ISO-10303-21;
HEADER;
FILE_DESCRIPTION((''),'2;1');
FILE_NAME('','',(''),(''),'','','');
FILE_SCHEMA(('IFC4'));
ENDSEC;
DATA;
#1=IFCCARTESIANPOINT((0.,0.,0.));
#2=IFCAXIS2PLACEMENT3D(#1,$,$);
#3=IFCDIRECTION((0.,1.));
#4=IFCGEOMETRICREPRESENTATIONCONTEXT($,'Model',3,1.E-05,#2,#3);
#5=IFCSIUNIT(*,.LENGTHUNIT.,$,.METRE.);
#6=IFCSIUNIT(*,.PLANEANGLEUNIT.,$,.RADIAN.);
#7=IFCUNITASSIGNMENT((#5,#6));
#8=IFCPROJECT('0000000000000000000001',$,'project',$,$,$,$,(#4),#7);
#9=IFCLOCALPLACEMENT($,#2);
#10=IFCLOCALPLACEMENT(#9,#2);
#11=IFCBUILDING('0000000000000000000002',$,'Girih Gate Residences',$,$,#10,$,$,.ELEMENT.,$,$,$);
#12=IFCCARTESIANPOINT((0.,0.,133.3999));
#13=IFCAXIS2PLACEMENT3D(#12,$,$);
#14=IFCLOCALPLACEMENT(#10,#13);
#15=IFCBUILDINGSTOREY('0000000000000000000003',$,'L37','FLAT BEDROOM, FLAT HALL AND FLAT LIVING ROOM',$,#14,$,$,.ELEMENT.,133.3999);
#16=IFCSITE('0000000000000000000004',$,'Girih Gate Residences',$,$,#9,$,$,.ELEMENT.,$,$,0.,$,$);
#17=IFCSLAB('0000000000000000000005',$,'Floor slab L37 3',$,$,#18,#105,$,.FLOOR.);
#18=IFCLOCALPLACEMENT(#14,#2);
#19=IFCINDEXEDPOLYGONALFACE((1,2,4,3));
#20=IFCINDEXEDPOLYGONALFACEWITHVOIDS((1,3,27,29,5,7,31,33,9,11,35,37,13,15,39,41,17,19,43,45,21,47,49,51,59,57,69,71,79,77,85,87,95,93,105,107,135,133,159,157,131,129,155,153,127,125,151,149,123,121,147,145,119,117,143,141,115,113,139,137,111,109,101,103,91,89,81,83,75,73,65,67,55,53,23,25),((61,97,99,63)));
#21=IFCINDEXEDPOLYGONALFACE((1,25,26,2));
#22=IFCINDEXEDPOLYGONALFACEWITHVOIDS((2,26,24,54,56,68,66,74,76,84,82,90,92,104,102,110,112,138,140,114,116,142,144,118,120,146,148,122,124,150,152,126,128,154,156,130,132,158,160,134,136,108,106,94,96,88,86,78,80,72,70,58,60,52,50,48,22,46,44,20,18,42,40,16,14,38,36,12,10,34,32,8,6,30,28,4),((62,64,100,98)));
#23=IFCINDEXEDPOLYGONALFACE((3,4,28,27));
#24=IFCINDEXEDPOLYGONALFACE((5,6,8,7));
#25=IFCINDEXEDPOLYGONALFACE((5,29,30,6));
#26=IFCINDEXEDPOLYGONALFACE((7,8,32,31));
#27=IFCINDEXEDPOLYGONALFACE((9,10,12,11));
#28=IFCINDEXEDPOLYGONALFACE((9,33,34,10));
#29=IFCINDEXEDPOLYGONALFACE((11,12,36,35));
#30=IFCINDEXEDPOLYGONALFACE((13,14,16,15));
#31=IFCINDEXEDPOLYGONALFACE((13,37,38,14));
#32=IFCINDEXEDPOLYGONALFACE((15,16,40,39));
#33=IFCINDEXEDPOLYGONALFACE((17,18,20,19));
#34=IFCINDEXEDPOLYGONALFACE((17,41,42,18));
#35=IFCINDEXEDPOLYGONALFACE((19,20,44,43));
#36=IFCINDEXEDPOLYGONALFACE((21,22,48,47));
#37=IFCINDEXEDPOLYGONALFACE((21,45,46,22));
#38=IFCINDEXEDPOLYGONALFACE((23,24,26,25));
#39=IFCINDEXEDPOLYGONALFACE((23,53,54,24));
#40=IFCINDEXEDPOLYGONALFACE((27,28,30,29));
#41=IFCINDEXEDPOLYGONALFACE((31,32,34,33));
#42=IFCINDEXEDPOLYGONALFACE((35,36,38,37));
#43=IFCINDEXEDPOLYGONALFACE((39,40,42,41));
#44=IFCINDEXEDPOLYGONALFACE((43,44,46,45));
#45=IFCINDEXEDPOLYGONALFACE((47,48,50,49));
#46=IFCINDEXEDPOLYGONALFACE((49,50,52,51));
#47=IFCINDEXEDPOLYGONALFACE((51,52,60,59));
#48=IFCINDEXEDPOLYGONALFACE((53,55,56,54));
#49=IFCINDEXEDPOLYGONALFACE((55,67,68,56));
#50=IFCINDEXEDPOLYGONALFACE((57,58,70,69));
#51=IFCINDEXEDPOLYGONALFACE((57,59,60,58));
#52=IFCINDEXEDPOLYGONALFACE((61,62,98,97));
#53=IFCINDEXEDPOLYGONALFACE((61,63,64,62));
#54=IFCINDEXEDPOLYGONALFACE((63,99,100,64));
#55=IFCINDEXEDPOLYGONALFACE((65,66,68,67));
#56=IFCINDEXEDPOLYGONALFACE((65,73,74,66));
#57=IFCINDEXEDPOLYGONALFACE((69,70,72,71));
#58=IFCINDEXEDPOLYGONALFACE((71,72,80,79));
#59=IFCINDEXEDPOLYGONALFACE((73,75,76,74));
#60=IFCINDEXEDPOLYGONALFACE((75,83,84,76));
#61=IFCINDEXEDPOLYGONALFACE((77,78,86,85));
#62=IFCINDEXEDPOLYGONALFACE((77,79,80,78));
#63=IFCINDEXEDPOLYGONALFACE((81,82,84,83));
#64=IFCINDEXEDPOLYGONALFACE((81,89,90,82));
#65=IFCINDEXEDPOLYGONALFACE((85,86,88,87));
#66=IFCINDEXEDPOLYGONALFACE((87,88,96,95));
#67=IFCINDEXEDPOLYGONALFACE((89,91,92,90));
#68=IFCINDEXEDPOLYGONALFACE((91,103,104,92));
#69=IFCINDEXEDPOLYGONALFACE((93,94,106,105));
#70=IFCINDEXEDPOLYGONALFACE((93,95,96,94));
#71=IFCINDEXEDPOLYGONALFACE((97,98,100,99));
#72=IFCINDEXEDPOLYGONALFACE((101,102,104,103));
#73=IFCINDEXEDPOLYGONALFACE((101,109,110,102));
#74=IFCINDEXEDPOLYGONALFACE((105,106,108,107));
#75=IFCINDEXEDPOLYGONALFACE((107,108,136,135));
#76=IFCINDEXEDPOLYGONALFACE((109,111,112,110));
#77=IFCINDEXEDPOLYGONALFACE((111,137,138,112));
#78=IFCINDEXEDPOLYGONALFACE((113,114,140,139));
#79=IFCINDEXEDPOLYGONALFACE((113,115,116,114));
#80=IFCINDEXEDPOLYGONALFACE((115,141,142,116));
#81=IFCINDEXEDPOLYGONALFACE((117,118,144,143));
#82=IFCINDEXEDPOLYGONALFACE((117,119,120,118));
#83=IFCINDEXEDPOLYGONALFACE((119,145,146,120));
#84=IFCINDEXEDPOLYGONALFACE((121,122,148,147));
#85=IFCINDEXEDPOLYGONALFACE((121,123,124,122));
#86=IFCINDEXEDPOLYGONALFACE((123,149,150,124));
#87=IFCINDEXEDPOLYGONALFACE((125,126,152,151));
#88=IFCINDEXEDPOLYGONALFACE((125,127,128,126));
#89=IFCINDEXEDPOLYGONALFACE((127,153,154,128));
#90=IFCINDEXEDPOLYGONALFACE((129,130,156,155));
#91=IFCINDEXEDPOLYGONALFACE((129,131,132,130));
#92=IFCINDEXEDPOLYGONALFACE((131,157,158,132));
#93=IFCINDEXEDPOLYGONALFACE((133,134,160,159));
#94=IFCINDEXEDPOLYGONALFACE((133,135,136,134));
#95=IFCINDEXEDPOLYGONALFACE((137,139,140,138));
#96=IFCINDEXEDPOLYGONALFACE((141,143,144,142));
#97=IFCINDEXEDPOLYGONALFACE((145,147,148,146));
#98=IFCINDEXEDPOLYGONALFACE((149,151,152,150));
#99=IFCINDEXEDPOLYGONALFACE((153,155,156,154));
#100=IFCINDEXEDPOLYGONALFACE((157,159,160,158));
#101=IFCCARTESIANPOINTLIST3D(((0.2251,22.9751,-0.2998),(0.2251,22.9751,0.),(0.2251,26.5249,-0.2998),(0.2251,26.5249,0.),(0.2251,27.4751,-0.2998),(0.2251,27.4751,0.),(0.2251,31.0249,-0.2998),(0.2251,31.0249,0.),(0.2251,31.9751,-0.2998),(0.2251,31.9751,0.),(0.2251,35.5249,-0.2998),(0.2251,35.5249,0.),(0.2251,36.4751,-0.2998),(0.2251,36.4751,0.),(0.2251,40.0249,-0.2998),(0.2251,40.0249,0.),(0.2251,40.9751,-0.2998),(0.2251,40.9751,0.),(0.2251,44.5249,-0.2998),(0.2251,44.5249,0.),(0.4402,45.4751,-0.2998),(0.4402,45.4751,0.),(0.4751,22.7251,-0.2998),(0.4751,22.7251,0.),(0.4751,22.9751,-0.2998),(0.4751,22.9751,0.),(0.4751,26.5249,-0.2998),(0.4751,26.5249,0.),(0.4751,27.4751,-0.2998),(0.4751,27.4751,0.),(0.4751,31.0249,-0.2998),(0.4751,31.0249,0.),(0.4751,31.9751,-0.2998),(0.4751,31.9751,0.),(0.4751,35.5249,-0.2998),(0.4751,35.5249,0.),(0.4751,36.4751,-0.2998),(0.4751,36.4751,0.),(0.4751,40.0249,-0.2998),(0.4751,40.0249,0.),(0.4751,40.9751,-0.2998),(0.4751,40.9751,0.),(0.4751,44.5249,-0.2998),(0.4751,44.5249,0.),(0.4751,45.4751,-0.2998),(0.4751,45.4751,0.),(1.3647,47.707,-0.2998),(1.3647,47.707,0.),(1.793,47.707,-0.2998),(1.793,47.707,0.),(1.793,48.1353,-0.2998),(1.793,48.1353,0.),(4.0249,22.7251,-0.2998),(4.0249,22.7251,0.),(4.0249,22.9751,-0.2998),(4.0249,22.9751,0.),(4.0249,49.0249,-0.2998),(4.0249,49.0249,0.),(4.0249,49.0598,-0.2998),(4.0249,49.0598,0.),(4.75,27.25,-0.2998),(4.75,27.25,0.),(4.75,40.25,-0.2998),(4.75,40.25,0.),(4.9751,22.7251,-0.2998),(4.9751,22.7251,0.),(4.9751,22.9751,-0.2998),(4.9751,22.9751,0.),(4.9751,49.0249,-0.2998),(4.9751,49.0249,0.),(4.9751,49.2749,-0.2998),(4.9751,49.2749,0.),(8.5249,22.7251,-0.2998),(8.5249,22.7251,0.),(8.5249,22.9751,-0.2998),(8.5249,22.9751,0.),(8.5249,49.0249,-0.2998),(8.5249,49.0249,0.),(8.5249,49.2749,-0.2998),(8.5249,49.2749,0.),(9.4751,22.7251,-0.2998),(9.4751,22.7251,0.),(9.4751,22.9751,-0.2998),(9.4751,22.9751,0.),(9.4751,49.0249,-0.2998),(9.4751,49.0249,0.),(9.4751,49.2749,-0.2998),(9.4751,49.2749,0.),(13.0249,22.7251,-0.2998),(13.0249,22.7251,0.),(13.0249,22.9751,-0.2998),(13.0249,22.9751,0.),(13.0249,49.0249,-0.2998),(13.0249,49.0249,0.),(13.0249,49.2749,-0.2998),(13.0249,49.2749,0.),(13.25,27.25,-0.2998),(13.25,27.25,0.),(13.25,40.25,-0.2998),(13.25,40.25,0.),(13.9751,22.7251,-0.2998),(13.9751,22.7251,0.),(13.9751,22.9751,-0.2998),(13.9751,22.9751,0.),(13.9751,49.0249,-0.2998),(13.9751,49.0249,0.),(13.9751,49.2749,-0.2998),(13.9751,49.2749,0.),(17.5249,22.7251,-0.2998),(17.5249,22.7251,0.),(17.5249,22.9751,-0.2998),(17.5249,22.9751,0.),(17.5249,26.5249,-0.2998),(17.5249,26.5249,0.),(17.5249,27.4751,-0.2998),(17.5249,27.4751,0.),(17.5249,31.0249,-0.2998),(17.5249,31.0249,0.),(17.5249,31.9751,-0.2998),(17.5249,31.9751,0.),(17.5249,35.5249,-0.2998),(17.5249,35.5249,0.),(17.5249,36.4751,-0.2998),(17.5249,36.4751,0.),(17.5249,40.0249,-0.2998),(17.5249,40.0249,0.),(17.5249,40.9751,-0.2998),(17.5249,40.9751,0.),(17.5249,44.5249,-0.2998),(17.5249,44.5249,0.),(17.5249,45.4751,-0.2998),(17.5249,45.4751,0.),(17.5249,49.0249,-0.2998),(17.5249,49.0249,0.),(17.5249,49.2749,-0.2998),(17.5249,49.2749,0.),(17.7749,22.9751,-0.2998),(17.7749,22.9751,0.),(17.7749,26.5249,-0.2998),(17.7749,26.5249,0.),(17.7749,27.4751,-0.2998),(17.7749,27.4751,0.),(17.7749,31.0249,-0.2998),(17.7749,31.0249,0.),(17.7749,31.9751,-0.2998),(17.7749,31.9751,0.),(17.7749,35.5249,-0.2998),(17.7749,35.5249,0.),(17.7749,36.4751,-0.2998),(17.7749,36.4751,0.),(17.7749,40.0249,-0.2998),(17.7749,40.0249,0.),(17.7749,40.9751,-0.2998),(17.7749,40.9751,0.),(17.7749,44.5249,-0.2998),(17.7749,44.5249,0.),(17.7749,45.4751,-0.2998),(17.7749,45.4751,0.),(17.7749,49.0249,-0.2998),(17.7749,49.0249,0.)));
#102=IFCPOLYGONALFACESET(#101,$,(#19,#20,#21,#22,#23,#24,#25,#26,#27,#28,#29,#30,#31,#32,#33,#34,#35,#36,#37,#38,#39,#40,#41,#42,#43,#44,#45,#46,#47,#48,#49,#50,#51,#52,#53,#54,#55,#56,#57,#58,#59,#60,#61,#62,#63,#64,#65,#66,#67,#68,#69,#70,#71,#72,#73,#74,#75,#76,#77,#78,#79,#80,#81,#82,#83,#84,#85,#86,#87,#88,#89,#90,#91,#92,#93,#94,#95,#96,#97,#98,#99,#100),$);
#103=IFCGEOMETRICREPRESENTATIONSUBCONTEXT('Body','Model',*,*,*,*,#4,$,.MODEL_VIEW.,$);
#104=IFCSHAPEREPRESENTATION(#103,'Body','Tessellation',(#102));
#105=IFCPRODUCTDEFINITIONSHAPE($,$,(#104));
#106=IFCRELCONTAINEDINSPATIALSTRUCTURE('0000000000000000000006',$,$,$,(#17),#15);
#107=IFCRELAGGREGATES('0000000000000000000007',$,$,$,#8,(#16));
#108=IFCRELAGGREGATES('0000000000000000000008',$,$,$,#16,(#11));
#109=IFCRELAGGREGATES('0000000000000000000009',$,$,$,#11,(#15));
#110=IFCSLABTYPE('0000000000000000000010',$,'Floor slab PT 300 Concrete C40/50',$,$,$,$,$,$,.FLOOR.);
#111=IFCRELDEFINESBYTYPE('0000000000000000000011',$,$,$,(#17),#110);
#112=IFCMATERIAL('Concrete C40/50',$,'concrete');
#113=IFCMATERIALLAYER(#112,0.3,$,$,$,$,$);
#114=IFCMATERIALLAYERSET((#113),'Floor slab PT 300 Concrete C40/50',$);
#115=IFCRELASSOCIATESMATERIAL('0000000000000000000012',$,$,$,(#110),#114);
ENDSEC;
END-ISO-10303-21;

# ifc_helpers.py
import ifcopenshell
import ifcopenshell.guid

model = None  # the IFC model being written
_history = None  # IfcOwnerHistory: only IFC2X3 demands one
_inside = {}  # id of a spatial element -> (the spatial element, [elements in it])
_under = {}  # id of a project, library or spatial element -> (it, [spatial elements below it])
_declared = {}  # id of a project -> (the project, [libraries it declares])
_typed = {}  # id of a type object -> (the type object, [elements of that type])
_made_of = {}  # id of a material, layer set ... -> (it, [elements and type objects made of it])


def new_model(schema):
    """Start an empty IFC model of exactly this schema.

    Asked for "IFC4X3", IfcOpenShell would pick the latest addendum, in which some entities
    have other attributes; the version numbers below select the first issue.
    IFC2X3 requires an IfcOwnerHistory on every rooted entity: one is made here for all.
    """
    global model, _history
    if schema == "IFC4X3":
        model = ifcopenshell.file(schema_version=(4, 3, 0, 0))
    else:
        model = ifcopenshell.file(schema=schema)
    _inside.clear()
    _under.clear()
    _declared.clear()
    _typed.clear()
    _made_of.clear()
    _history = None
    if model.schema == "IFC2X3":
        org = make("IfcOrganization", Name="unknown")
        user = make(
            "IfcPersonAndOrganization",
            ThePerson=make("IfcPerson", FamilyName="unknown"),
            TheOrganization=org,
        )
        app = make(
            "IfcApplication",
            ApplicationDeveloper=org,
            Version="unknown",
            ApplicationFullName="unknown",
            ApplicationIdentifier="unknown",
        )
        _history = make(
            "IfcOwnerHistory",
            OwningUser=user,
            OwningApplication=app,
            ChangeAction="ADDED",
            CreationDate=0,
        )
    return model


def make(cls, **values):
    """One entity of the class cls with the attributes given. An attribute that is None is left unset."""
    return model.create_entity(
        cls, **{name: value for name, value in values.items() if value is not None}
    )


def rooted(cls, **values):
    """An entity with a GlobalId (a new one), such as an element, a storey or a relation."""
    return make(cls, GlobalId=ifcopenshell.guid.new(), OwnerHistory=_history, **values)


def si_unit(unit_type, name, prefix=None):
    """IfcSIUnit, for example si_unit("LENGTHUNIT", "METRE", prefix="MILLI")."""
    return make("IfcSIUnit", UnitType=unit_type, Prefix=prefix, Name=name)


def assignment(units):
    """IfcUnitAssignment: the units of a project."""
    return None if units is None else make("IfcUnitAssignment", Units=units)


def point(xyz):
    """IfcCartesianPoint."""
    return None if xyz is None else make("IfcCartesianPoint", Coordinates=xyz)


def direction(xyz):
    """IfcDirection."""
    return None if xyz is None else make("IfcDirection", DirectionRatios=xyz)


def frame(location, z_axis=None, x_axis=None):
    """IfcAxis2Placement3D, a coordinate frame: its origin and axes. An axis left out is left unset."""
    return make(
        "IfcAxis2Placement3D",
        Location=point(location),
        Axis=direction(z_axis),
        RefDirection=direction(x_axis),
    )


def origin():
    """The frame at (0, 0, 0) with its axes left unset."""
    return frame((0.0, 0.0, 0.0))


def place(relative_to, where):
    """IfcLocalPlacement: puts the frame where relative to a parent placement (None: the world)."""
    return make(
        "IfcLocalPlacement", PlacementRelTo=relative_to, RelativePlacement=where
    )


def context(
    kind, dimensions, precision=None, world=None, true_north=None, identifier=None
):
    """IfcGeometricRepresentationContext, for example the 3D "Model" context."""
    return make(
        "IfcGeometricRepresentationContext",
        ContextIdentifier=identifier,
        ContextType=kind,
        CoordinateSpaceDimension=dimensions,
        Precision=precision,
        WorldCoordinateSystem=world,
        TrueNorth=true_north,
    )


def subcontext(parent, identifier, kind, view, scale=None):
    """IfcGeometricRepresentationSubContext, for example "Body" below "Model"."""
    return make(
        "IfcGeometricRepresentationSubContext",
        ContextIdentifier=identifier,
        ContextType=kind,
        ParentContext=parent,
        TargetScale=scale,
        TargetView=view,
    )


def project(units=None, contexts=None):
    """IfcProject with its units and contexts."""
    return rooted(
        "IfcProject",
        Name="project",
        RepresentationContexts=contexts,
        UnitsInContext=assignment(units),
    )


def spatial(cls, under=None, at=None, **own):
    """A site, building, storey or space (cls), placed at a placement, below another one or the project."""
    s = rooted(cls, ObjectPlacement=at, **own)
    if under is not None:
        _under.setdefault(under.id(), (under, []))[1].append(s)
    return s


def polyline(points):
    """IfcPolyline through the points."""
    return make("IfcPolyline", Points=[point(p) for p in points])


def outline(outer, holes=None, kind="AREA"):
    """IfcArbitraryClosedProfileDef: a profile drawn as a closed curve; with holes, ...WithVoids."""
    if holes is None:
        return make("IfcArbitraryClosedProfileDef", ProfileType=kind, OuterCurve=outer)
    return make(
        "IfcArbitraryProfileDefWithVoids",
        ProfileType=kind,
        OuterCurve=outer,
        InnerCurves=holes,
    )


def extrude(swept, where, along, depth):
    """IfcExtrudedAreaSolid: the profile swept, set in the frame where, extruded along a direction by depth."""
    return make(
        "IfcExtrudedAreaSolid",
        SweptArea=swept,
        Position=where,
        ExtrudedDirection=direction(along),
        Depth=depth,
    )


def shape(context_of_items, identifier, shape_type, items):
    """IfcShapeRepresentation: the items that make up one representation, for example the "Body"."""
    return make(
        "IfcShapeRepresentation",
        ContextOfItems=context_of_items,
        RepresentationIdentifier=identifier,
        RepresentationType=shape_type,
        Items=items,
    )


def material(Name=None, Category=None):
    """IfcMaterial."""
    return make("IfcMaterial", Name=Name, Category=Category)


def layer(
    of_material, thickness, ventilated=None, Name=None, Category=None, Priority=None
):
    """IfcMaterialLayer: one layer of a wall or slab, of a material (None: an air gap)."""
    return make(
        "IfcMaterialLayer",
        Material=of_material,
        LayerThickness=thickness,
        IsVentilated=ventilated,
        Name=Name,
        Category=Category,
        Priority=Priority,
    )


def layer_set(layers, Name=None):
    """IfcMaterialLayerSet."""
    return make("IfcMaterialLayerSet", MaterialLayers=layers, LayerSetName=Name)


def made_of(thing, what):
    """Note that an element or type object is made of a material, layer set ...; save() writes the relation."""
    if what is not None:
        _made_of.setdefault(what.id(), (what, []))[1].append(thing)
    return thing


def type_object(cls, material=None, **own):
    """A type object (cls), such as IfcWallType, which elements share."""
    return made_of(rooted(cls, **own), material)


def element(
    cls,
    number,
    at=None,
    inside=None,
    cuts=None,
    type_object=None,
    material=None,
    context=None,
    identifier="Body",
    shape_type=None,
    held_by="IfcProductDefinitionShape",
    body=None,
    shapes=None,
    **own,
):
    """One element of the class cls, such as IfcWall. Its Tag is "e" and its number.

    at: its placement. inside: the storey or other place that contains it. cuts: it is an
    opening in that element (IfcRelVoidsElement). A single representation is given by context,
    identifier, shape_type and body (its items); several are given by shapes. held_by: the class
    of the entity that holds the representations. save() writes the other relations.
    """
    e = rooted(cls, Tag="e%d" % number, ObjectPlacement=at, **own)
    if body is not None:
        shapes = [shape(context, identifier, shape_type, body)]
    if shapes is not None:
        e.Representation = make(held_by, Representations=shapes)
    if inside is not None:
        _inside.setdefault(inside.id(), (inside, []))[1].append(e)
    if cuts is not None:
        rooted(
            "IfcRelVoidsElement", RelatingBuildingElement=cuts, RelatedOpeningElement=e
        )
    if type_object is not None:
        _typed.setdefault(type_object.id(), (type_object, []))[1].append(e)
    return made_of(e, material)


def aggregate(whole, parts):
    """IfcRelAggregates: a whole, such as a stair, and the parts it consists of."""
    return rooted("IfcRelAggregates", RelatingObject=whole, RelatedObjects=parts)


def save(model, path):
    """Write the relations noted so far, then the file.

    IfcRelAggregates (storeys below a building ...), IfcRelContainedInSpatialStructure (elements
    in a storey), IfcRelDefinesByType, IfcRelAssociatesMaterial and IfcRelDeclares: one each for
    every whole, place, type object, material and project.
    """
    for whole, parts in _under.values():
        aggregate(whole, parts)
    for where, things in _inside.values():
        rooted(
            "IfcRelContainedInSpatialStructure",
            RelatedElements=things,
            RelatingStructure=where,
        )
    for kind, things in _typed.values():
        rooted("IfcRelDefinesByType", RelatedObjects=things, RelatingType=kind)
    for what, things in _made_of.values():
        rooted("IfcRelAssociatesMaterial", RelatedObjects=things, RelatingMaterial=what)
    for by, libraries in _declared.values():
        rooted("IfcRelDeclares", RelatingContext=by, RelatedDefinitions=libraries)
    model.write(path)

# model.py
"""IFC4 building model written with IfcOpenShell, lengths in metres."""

from ifc_helpers import new_model, si_unit, direction, frame, origin, place, context, subcontext, project, spatial, polyline, outline, extrude, material, layer, layer_set, type_object, element, save


model = new_model("IFC4")

# Units and contexts
model_context = context("Model", 3, precision=1e-05, world=origin(), true_north=direction((0.0, 1.0)))
body_context = subcontext(model_context, "Body", "Model", "MODEL_VIEW")
ifc_project = project(units=[si_unit("LENGTHUNIT", "METRE"), si_unit("PLANEANGLEUNIT", "RADIAN")], contexts=[model_context])

# Site, building, storey
site_placement = place(None, origin())
site = spatial("IfcSite", under=ifc_project, at=site_placement, Name="Girih Gate Residences", CompositionType="ELEMENT", RefElevation=0.0)
building_placement = place(site_placement, origin())
building = spatial("IfcBuilding", under=site, at=building_placement, Name="Girih Gate Residences", CompositionType="ELEMENT")
storey_placement = place(building_placement, frame((0.0, 0.0, 133.3999)))
storey = spatial("IfcBuildingStorey", under=building, at=storey_placement, Name="L37", Description="FLAT BEDROOM, FLAT HALL AND FLAT LIVING ROOM", CompositionType="ELEMENT", Elevation=133.3999)

# Slab
ifc_material_1 = material(Name="Concrete C40/50", Category="concrete")
ifc_layer_1 = layer(ifc_material_1, 0.3)
ifc_layer_set_1 = layer_set([ifc_layer_1], Name="Floor slab PT 300 Concrete C40/50")
slab_type_1 = type_object("IfcSlabType", Name="Floor slab PT 300 Concrete C40/50", PredefinedType="FLOOR", material=ifc_layer_set_1)
slab_1_placement = place(storey_placement, frame((0.0, 0.0, -0.2998)))
element("IfcSlab", 1, at=slab_1_placement, inside=storey, type_object=slab_type_1, Name="Floor slab L37 3", PredefinedType="FLOOR", context=body_context, shape_type="SweptSolid", body=[
    extrude(outline(polyline([(0.2251, 26.5249), (0.2251, 22.9751), (0.4751, 22.9751), (0.4751, 22.7251), (4.0249, 22.7251), (4.0249, 22.9751), (4.9751, 22.9751), (4.9751, 22.7251), (8.5249, 22.7251), (8.5249, 22.9751), (9.4751, 22.9751), (9.4751, 22.7251), (13.0249, 22.7251), (13.0249, 22.9751), (13.9751, 22.9751), (13.9751, 22.7251), (17.5249, 22.7251), (17.5249, 22.9751), (17.7749, 22.9751), (17.7749, 26.5249), (17.5249, 26.5249), (17.5249, 27.4751), (17.7749, 27.4751), (17.7749, 31.0249), (17.5249, 31.0249), (17.5249, 31.9751), (17.7749, 31.9751), (17.7749, 35.5249), (17.5249, 35.5249), (17.5249, 36.4751), (17.7749, 36.4751), (17.7749, 40.0249), (17.5249, 40.0249), (17.5249, 40.9751), (17.7749, 40.9751), (17.7749, 44.5249), (17.5249, 44.5249), (17.5249, 45.4751), (17.7749, 45.4751), (17.7749, 49.0249), (17.5249, 49.0249), (17.5249, 49.2749), (13.9751, 49.2749), (13.9751, 49.0249), (13.0249, 49.0249), (13.0249, 49.2749), (9.4751, 49.2749), (9.4751, 49.0249), (8.5249, 49.0249), (8.5249, 49.2749), (4.9751, 49.2749), (4.9751, 49.0249), (4.0249, 49.0249), (4.0249, 49.0598), (1.793, 48.1353), (1.793, 47.707), (1.3647, 47.707), (0.4402, 45.4751), (0.4751, 45.4751), (0.4751, 44.5249), (0.2251, 44.5249), (0.2251, 40.9751), (0.4751, 40.9751), (0.4751, 40.0249), (0.2251, 40.0249), (0.2251, 36.4751), (0.4751, 36.4751), (0.4751, 35.5249), (0.2251, 35.5249), (0.2251, 31.9751), (0.4751, 31.9751), (0.4751, 31.0249), (0.2251, 31.0249), (0.2251, 27.4751), (0.4751, 27.4751), (0.4751, 26.5249), (0.2251, 26.5249)]), holes=[polyline([(13.25, 40.25), (13.25, 27.25), (4.75, 27.25), (4.75, 40.25), (13.25, 40.25)])]), origin(), (0.0, 0.0, 1.0), 0.2998),
])

save(model, "model.ifc")
